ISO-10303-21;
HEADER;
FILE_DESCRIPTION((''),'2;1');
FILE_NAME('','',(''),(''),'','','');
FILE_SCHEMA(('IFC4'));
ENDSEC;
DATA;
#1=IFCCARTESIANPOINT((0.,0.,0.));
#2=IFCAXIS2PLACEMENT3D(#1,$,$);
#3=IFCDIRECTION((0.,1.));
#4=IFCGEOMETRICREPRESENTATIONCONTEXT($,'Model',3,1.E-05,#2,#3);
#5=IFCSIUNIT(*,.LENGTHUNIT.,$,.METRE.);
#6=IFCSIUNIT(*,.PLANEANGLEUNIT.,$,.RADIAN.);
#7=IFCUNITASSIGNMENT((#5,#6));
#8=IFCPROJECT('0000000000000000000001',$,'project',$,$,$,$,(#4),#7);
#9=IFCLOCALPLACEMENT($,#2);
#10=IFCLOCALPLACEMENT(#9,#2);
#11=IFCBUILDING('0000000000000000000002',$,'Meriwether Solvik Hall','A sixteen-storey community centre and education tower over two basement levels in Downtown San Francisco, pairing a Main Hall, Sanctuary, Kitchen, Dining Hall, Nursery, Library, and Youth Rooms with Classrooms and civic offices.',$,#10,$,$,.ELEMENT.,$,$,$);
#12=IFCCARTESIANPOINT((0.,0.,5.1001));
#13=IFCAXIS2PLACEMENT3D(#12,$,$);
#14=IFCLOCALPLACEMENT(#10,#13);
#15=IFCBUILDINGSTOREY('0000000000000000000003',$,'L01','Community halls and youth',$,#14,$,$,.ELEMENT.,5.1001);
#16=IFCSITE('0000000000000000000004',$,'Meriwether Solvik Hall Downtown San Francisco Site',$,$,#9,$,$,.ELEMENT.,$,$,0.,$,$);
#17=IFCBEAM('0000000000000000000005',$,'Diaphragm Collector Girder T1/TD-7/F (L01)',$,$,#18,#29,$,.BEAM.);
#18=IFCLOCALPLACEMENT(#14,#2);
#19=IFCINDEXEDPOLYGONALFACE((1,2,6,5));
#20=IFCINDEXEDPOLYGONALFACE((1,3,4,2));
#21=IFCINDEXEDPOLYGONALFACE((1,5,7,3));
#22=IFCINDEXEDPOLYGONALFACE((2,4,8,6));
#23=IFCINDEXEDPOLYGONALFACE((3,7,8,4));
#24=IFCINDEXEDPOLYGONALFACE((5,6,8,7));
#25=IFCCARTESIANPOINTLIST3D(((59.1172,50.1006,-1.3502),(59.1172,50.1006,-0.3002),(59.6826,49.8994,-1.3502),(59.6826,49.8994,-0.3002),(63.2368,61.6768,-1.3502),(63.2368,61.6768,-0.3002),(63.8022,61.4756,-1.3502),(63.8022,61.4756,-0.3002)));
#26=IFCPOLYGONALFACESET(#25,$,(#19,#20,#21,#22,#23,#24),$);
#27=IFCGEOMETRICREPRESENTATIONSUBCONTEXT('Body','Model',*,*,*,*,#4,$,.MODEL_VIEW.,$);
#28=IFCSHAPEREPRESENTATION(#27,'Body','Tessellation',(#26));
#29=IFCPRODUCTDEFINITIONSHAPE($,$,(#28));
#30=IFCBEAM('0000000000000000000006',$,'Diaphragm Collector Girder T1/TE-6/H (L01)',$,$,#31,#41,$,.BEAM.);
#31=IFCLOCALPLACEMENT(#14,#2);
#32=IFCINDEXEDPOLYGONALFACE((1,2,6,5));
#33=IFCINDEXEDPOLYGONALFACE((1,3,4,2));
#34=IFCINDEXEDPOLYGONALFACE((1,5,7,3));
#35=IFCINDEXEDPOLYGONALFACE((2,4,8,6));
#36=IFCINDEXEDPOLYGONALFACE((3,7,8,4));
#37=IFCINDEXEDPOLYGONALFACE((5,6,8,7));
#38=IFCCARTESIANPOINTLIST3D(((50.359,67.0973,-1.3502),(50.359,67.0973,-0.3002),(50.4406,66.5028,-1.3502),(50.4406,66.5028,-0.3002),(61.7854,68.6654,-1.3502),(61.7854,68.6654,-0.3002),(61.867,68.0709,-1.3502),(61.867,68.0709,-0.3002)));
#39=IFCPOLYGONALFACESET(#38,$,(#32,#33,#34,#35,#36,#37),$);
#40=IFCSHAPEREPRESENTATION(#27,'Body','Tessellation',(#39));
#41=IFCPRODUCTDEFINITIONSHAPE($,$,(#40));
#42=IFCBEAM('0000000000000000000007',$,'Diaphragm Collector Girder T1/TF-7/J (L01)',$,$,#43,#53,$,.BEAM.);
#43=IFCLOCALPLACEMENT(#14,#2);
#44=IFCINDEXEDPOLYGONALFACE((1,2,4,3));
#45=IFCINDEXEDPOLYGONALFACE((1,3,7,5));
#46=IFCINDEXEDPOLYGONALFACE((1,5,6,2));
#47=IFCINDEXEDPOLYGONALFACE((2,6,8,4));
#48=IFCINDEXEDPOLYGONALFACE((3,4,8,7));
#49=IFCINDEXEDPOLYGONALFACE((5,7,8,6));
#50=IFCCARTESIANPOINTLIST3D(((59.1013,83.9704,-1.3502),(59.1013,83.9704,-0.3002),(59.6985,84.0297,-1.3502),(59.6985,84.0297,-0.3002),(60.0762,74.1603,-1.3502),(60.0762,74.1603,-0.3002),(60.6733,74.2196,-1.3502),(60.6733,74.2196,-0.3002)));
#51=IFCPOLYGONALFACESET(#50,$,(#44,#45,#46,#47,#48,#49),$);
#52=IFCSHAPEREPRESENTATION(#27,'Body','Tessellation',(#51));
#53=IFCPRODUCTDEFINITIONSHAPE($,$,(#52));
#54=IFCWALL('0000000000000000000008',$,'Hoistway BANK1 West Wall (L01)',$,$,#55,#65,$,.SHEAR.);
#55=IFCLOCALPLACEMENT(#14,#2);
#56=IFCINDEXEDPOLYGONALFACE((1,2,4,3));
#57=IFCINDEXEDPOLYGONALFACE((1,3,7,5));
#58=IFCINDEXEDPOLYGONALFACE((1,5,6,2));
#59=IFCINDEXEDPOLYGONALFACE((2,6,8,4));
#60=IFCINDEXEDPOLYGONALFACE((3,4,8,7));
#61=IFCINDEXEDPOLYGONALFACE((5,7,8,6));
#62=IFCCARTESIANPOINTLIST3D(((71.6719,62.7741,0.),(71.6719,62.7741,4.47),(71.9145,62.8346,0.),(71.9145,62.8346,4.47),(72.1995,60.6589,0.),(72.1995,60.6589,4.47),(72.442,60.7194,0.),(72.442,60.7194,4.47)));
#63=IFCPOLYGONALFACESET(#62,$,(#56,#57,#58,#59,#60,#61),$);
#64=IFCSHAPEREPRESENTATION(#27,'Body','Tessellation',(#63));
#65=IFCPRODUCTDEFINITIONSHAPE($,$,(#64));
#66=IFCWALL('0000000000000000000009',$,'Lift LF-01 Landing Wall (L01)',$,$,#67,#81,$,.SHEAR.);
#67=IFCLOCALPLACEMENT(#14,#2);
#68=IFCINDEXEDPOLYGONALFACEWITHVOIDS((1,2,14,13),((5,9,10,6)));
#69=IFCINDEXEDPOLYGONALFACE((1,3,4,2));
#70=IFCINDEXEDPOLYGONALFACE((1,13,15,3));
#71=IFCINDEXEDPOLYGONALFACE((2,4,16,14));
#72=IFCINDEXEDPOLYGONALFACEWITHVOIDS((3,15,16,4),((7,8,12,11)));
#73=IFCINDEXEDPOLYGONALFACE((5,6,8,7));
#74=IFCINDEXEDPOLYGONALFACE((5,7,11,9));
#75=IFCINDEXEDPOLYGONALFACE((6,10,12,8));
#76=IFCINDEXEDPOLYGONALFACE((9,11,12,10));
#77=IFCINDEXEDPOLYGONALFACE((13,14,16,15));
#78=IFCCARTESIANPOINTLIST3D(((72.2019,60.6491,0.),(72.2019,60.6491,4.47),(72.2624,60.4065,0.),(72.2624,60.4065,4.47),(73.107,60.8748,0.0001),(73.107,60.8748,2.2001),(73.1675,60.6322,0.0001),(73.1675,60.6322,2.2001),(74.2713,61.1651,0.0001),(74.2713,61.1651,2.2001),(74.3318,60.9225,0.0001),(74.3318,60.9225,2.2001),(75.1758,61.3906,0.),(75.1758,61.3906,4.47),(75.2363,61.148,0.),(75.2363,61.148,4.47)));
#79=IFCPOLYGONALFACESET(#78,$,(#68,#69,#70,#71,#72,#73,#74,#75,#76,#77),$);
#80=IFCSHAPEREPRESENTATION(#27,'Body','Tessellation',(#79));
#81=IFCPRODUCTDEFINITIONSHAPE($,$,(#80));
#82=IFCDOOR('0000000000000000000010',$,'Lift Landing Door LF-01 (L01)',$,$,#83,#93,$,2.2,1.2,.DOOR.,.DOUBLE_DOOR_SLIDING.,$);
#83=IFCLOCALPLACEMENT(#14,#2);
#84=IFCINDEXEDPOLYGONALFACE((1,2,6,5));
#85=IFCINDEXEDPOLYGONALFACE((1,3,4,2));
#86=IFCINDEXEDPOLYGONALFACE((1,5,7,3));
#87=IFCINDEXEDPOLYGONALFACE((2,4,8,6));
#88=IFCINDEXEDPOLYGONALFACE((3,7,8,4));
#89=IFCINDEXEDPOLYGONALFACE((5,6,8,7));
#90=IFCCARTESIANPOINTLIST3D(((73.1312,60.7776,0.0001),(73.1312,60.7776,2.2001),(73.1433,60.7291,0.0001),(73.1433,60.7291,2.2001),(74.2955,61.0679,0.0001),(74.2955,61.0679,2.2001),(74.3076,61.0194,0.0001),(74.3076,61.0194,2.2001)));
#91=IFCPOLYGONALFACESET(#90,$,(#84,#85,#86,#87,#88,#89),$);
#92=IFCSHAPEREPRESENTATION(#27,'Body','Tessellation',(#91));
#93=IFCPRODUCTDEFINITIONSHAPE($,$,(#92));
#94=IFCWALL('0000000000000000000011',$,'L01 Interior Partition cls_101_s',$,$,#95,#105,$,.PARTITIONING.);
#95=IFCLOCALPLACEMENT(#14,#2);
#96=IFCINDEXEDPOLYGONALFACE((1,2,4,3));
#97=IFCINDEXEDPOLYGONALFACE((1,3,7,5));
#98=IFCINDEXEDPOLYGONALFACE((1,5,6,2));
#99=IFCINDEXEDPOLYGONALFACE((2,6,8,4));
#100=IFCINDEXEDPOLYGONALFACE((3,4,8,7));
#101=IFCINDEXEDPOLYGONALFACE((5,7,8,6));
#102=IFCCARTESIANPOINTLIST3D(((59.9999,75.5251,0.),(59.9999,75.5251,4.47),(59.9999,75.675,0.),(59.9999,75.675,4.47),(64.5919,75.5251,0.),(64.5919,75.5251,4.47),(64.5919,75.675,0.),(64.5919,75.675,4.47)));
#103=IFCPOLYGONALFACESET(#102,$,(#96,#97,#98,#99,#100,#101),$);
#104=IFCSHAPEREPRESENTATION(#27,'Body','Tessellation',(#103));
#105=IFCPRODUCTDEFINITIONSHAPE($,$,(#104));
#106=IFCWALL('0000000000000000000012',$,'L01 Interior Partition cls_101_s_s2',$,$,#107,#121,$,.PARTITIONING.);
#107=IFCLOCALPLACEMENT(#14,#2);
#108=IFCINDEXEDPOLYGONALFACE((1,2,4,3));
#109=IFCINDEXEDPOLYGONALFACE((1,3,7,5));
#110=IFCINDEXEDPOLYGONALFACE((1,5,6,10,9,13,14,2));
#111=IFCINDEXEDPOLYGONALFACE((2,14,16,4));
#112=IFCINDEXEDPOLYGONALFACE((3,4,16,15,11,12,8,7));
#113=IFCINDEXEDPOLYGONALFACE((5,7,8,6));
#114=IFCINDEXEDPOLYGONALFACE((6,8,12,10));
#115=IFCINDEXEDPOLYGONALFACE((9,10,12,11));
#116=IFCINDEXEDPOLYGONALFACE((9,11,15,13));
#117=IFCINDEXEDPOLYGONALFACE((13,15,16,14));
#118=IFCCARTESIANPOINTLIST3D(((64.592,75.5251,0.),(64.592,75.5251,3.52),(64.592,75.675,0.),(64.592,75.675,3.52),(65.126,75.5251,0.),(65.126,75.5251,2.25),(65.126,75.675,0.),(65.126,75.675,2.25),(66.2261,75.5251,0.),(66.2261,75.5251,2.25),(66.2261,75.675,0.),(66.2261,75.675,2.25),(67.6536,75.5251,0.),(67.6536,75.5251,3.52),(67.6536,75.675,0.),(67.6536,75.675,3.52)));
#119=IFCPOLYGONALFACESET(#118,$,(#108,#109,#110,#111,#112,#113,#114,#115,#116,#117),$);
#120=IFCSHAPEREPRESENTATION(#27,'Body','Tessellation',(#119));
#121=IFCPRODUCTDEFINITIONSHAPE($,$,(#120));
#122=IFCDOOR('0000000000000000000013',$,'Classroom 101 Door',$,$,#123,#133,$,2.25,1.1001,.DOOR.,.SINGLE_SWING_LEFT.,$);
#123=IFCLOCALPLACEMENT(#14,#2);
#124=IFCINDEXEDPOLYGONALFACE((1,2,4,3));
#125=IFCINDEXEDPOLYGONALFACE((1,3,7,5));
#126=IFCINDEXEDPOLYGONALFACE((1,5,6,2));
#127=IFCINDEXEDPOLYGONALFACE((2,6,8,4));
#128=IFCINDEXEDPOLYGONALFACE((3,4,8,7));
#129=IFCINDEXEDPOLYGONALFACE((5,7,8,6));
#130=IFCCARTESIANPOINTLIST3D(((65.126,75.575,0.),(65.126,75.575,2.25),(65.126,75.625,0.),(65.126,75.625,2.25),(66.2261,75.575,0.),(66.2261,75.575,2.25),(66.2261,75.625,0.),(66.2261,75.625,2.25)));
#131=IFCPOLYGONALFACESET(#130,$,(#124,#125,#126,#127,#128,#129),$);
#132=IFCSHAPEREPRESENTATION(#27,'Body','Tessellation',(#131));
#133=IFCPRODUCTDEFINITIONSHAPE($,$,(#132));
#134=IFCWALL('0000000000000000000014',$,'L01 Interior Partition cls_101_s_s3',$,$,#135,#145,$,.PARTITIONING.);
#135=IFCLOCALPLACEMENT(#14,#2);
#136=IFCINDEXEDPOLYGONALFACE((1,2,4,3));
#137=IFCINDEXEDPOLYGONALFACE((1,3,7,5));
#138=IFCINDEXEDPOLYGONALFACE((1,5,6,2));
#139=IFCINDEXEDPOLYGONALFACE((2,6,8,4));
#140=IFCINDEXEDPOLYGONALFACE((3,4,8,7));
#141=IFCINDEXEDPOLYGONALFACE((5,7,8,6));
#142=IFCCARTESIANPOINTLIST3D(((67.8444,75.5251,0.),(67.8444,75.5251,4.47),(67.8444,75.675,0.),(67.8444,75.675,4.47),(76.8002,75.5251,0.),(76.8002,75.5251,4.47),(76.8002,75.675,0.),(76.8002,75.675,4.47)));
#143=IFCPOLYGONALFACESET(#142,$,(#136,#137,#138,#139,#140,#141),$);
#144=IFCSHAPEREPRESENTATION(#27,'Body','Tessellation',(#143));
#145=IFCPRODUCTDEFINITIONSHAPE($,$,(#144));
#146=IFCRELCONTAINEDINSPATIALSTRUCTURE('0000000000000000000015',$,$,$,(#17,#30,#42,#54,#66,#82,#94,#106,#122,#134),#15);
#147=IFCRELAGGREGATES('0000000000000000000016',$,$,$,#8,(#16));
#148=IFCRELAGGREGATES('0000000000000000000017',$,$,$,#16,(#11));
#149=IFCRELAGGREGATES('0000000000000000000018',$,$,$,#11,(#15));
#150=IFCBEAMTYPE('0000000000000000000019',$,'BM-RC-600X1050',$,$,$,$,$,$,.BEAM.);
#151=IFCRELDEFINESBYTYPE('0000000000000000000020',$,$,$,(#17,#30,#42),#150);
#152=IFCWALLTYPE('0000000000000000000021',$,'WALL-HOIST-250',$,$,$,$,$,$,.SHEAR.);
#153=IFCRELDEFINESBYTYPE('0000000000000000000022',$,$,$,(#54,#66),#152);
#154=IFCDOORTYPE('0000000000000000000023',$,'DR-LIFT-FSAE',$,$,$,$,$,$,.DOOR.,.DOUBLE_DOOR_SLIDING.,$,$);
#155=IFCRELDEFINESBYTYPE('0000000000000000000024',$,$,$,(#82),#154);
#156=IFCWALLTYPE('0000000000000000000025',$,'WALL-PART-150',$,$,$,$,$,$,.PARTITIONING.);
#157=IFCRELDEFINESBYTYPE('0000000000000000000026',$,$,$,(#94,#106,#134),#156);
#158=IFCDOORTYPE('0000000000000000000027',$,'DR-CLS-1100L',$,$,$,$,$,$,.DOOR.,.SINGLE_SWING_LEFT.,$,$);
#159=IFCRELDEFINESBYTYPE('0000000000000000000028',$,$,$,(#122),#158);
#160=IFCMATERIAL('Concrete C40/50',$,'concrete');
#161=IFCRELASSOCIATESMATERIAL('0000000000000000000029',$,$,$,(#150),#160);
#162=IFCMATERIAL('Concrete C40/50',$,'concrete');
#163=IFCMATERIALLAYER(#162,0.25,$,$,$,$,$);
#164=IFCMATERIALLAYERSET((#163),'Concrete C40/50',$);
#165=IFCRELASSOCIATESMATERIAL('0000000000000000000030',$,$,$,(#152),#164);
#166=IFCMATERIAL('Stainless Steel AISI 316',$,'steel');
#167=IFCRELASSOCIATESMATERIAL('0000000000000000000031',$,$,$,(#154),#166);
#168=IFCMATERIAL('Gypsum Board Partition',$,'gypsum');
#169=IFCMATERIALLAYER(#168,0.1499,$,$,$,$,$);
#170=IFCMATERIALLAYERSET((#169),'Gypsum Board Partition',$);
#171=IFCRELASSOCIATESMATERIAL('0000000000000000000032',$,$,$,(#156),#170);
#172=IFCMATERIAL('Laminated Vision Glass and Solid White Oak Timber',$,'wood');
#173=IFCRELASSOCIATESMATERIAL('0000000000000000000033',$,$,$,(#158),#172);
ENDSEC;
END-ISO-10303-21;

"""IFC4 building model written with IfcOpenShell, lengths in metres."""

from ifc_helpers import new_model, si_unit, direction, frame, frame_2d, origin, origin_2d, place, context, subcontext, project, spatial, rectangle, extrude, material, layer, layer_set, material_profile, profile_set, type_object, element, fill, save


model = new_model("IFC4")

# Units and contexts
model_context = context("Model", 3, precision=1e-05, world=origin(), true_north=direction((0.0, 1.0)))
body_context = subcontext(model_context, "Body", "Model", "MODEL_VIEW")
ifc_project = project(units=[si_unit("LENGTHUNIT", "METRE"), si_unit("PLANEANGLEUNIT", "RADIAN")], contexts=[model_context])

# Site, building, storey
site_placement = place(None, origin())
site = spatial("IfcSite", under=ifc_project, at=site_placement, Name="Meriwether Solvik Hall Downtown San Francisco Site", CompositionType="ELEMENT", RefElevation=0.0)
building_placement = place(site_placement, origin())
building = spatial("IfcBuilding", under=site, at=building_placement, Name="Meriwether Solvik Hall", Description="A sixteen-storey community centre and education tower over two basement levels in Downtown San Francisco, pairing a Main Hall, Sanctuary, Kitchen, Dining Hall, Nursery, Library, and Youth Rooms with Classrooms and civic offices.", CompositionType="ELEMENT")
storey_placement = place(building_placement, frame((0.0, 0.0, 5.1001)))
storey = spatial("IfcBuildingStorey", under=building, at=storey_placement, Name="L01", Description="Community halls and youth", CompositionType="ELEMENT", Elevation=5.1001)

# Beams
ifc_material_1 = material(Name="Concrete C40/50", Category="concrete")
ifc_material_profile_1 = material_profile(ifc_material_1, rectangle(XDim=0.6001, YDim=1.05, at=origin_2d()), Name="RCB-600X1050")
ifc_profile_set_1 = profile_set([ifc_material_profile_1], Name="Concrete C40/50")
beam_type_1 = type_object("IfcBeamType", Name="BM-RC-600X1050", PredefinedType="BEAM", material=ifc_profile_set_1)
beam_1_placement = place(storey_placement, frame((63.5195, 61.5762, -0.8252), z_axis=(-0.335274, -0.942121, 0.0), x_axis=(0.942121, -0.335274, 0.0)))
element("IfcBeam", 1, at=beam_1_placement, inside=storey, type_object=beam_type_1, Name="Diaphragm Collector Girder T1/TD-7/F (L01)", PredefinedType="BEAM", context=body_context, shape_type="SweptSolid", body=[
    extrude(rectangle(XDim=0.6001, YDim=1.05, at=origin_2d()), origin(), (0.0, 0.0, 1.0), 12.2874),
])
beam_2_placement = place(storey_placement, frame((61.8262, 68.3682, -0.8252), z_axis=(-0.990714, -0.135963, 0.0), x_axis=(0.135963, -0.990714, 0.0)))
element("IfcBeam", 2, at=beam_2_placement, inside=storey, type_object=beam_type_1, Name="Diaphragm Collector Girder T1/TE-6/H (L01)", PredefinedType="BEAM", context=body_context, shape_type="SweptSolid", body=[
    extrude(rectangle(XDim=0.6001, YDim=1.05, at=origin_2d()), origin(), (0.0, 0.0, 1.0), 11.5334),
])
beam_3_placement = place(storey_placement, frame((60.3748, 74.1899, -0.8252), z_axis=(-0.098886, 0.995099, 0.0), x_axis=(-0.995099, -0.098886, 0.0)))
element("IfcBeam", 3, at=beam_3_placement, inside=storey, type_object=beam_type_1, Name="Diaphragm Collector Girder T1/TF-7/J (L01)", PredefinedType="BEAM", context=body_context, shape_type="SweptSolid", body=[
    extrude(rectangle(XDim=0.6001, YDim=1.05, at=origin_2d()), origin(), (0.0, 0.0, 1.0), 9.8584),
])

# Wall
ifc_material_2 = material(Name="Concrete C40/50", Category="concrete")
ifc_layer_1 = layer(ifc_material_2, 0.25)
ifc_layer_set_1 = layer_set([ifc_layer_1], Name="Concrete C40/50")
wall_type_1 = type_object("IfcWallType", Name="WALL-HOIST-250", PredefinedType="SHEAR", material=ifc_layer_set_1)
wall_1_placement = place(storey_placement, frame((71.7932, 62.8042, 0.0), z_axis=(0.0, 0.0, 1.0), x_axis=(0.242009, -0.970274, 0.0)))
element("IfcWall", 4, at=wall_1_placement, inside=storey, type_object=wall_type_1, Name="Hoistway BANK1 West Wall (L01)", PredefinedType="SHEAR", context=body_context, shape_type="SweptSolid", body=[
    extrude(rectangle(XDim=2.1799, YDim=0.25, at=frame_2d((1.0898, 0.0))), origin(), (0.0, 0.0, 1.0), 4.47),
])

# Wall, opening, door
wall_2_placement = place(storey_placement, frame((72.2322, 60.5278, 0.0), z_axis=(0.0, 0.0, 1.0), x_axis=(0.970297, 0.241917, 0.0)))
wall_2 = element("IfcWall", 5, at=wall_2_placement, inside=storey, type_object=wall_type_1, Name="Lift LF-01 Landing Wall (L01)", PredefinedType="SHEAR", context=body_context, shape_type="SweptSolid", body=[
    extrude(rectangle(XDim=3.0649, YDim=0.25, at=frame_2d((1.5325, 0.0))), origin(), (0.0, 0.0, 1.0), 4.47),
])
opening_1_placement = place(wall_2_placement, frame((0.9326, 0.0, 0.0)))
opening_1 = element("IfcOpeningElement", 6, at=opening_1_placement, cuts=wall_2, PredefinedType="OPENING", context=body_context, shape_type="SweptSolid", body=[
    extrude(rectangle(XDim=1.2, YDim=2.2, at=frame_2d((0.6001, 1.1001))), frame((0.0, 0.137, 0.0), z_axis=(0.0, -1.0, 0.0), x_axis=(1.0, 0.0, 0.0)), (0.0, 0.0, 1.0), 0.2739),
])
ifc_material_3 = material(Name="Stainless Steel AISI 316", Category="steel")
door_type_1 = type_object("IfcDoorType", Name="DR-LIFT-FSAE", OperationType="DOUBLE_DOOR_SLIDING", PredefinedType="DOOR", material=ifc_material_3)
door_1_placement = place(opening_1_placement, origin())
door_1 = element("IfcDoor", 7, at=door_1_placement, inside=storey, type_object=door_type_1, Name="Lift Landing Door LF-01 (L01)", OperationType="DOUBLE_DOOR_SLIDING", OverallHeight=2.2, OverallWidth=1.2, PredefinedType="DOOR", context=body_context, shape_type="SweptSolid", body=[
    extrude(rectangle(XDim=1.2, YDim=2.2, at=frame_2d((0.6001, 1.1001))), frame((0.0, 0.0249, 0.0), z_axis=(0.0, -1.0, 0.0), x_axis=(1.0, 0.0, 0.0)), (0.0, 0.0, 1.0), 0.05),
])
fill(opening_1, door_1)

# Wall
ifc_material_4 = material(Name="Gypsum Board Partition", Category="gypsum")
ifc_layer_2 = layer(ifc_material_4, 0.1499)
ifc_layer_set_2 = layer_set([ifc_layer_2], Name="Gypsum Board Partition")
wall_type_2 = type_object("IfcWallType", Name="WALL-PART-150", PredefinedType="PARTITIONING", material=ifc_layer_set_2)
wall_3_placement = place(storey_placement, frame((60.0, 75.6001, 0.0), z_axis=(0.0, 0.0, 1.0), x_axis=(1.0, 0.0, 0.0)))
element("IfcWall", 8, at=wall_3_placement, inside=storey, type_object=wall_type_2, Name="L01 Interior Partition cls_101_s", PredefinedType="PARTITIONING", context=body_context, shape_type="SweptSolid", body=[
    extrude(rectangle(XDim=4.592, YDim=0.1499, at=frame_2d((2.2959, 0.0))), origin(), (0.0, 0.0, 1.0), 4.47),
])

# Wall, opening, door
wall_4_placement = place(storey_placement, frame((64.592, 75.6001, 0.0), z_axis=(0.0, 0.0, 1.0), x_axis=(1.0, 0.0, 0.0)))
wall_4 = element("IfcWall", 9, at=wall_4_placement, inside=storey, type_object=wall_type_2, Name="L01 Interior Partition cls_101_s_s2", PredefinedType="PARTITIONING", context=body_context, shape_type="SweptSolid", body=[
    extrude(rectangle(XDim=3.0615, YDim=0.1499, at=frame_2d((1.5308, 0.0))), origin(), (0.0, 0.0, 1.0), 3.52),
])
opening_2_placement = place(wall_4_placement, frame((0.5339, 0.0, 0.0)))
opening_2 = element("IfcOpeningElement", 10, at=opening_2_placement, cuts=wall_4, PredefinedType="OPENING", context=body_context, shape_type="SweptSolid", body=[
    extrude(rectangle(XDim=1.1001, YDim=2.25, at=frame_2d((0.55, 1.125))), frame((0.0, 0.0869, 0.0), z_axis=(0.0, -1.0, 0.0), x_axis=(1.0, 0.0, 0.0)), (0.0, 0.0, 1.0), 0.1738),
])
ifc_material_5 = material(Name="Laminated Vision Glass and Solid White Oak Timber", Category="wood")
door_type_2 = type_object("IfcDoorType", Name="DR-CLS-1100L", OperationType="SINGLE_SWING_LEFT", PredefinedType="DOOR", material=ifc_material_5)
door_2_placement = place(opening_2_placement, origin())
door_2 = element("IfcDoor", 11, at=door_2_placement, inside=storey, type_object=door_type_2, Name="Classroom 101 Door", OperationType="SINGLE_SWING_LEFT", OverallHeight=2.25, OverallWidth=1.1001, PredefinedType="DOOR", context=body_context, shape_type="SweptSolid", body=[
    extrude(rectangle(XDim=1.1001, YDim=2.25, at=frame_2d((0.55, 1.125))), frame((0.0, 0.0249, 0.0), z_axis=(0.0, -1.0, 0.0), x_axis=(1.0, 0.0, 0.0)), (0.0, 0.0, 1.0), 0.05),
])
fill(opening_2, door_2)

# Wall
wall_5_placement = place(storey_placement, frame((67.8442, 75.6001, 0.0), z_axis=(0.0, 0.0, 1.0), x_axis=(1.0, 0.0, 0.0)))
element("IfcWall", 12, at=wall_5_placement, inside=storey, type_object=wall_type_2, Name="L01 Interior Partition cls_101_s_s3", PredefinedType="PARTITIONING", context=body_context, shape_type="SweptSolid", body=[
    extrude(rectangle(XDim=8.9558, YDim=0.1499, at=frame_2d((4.478, 0.0))), origin(), (0.0, 0.0, 1.0), 4.47),
])

save(model, "model.ifc")
